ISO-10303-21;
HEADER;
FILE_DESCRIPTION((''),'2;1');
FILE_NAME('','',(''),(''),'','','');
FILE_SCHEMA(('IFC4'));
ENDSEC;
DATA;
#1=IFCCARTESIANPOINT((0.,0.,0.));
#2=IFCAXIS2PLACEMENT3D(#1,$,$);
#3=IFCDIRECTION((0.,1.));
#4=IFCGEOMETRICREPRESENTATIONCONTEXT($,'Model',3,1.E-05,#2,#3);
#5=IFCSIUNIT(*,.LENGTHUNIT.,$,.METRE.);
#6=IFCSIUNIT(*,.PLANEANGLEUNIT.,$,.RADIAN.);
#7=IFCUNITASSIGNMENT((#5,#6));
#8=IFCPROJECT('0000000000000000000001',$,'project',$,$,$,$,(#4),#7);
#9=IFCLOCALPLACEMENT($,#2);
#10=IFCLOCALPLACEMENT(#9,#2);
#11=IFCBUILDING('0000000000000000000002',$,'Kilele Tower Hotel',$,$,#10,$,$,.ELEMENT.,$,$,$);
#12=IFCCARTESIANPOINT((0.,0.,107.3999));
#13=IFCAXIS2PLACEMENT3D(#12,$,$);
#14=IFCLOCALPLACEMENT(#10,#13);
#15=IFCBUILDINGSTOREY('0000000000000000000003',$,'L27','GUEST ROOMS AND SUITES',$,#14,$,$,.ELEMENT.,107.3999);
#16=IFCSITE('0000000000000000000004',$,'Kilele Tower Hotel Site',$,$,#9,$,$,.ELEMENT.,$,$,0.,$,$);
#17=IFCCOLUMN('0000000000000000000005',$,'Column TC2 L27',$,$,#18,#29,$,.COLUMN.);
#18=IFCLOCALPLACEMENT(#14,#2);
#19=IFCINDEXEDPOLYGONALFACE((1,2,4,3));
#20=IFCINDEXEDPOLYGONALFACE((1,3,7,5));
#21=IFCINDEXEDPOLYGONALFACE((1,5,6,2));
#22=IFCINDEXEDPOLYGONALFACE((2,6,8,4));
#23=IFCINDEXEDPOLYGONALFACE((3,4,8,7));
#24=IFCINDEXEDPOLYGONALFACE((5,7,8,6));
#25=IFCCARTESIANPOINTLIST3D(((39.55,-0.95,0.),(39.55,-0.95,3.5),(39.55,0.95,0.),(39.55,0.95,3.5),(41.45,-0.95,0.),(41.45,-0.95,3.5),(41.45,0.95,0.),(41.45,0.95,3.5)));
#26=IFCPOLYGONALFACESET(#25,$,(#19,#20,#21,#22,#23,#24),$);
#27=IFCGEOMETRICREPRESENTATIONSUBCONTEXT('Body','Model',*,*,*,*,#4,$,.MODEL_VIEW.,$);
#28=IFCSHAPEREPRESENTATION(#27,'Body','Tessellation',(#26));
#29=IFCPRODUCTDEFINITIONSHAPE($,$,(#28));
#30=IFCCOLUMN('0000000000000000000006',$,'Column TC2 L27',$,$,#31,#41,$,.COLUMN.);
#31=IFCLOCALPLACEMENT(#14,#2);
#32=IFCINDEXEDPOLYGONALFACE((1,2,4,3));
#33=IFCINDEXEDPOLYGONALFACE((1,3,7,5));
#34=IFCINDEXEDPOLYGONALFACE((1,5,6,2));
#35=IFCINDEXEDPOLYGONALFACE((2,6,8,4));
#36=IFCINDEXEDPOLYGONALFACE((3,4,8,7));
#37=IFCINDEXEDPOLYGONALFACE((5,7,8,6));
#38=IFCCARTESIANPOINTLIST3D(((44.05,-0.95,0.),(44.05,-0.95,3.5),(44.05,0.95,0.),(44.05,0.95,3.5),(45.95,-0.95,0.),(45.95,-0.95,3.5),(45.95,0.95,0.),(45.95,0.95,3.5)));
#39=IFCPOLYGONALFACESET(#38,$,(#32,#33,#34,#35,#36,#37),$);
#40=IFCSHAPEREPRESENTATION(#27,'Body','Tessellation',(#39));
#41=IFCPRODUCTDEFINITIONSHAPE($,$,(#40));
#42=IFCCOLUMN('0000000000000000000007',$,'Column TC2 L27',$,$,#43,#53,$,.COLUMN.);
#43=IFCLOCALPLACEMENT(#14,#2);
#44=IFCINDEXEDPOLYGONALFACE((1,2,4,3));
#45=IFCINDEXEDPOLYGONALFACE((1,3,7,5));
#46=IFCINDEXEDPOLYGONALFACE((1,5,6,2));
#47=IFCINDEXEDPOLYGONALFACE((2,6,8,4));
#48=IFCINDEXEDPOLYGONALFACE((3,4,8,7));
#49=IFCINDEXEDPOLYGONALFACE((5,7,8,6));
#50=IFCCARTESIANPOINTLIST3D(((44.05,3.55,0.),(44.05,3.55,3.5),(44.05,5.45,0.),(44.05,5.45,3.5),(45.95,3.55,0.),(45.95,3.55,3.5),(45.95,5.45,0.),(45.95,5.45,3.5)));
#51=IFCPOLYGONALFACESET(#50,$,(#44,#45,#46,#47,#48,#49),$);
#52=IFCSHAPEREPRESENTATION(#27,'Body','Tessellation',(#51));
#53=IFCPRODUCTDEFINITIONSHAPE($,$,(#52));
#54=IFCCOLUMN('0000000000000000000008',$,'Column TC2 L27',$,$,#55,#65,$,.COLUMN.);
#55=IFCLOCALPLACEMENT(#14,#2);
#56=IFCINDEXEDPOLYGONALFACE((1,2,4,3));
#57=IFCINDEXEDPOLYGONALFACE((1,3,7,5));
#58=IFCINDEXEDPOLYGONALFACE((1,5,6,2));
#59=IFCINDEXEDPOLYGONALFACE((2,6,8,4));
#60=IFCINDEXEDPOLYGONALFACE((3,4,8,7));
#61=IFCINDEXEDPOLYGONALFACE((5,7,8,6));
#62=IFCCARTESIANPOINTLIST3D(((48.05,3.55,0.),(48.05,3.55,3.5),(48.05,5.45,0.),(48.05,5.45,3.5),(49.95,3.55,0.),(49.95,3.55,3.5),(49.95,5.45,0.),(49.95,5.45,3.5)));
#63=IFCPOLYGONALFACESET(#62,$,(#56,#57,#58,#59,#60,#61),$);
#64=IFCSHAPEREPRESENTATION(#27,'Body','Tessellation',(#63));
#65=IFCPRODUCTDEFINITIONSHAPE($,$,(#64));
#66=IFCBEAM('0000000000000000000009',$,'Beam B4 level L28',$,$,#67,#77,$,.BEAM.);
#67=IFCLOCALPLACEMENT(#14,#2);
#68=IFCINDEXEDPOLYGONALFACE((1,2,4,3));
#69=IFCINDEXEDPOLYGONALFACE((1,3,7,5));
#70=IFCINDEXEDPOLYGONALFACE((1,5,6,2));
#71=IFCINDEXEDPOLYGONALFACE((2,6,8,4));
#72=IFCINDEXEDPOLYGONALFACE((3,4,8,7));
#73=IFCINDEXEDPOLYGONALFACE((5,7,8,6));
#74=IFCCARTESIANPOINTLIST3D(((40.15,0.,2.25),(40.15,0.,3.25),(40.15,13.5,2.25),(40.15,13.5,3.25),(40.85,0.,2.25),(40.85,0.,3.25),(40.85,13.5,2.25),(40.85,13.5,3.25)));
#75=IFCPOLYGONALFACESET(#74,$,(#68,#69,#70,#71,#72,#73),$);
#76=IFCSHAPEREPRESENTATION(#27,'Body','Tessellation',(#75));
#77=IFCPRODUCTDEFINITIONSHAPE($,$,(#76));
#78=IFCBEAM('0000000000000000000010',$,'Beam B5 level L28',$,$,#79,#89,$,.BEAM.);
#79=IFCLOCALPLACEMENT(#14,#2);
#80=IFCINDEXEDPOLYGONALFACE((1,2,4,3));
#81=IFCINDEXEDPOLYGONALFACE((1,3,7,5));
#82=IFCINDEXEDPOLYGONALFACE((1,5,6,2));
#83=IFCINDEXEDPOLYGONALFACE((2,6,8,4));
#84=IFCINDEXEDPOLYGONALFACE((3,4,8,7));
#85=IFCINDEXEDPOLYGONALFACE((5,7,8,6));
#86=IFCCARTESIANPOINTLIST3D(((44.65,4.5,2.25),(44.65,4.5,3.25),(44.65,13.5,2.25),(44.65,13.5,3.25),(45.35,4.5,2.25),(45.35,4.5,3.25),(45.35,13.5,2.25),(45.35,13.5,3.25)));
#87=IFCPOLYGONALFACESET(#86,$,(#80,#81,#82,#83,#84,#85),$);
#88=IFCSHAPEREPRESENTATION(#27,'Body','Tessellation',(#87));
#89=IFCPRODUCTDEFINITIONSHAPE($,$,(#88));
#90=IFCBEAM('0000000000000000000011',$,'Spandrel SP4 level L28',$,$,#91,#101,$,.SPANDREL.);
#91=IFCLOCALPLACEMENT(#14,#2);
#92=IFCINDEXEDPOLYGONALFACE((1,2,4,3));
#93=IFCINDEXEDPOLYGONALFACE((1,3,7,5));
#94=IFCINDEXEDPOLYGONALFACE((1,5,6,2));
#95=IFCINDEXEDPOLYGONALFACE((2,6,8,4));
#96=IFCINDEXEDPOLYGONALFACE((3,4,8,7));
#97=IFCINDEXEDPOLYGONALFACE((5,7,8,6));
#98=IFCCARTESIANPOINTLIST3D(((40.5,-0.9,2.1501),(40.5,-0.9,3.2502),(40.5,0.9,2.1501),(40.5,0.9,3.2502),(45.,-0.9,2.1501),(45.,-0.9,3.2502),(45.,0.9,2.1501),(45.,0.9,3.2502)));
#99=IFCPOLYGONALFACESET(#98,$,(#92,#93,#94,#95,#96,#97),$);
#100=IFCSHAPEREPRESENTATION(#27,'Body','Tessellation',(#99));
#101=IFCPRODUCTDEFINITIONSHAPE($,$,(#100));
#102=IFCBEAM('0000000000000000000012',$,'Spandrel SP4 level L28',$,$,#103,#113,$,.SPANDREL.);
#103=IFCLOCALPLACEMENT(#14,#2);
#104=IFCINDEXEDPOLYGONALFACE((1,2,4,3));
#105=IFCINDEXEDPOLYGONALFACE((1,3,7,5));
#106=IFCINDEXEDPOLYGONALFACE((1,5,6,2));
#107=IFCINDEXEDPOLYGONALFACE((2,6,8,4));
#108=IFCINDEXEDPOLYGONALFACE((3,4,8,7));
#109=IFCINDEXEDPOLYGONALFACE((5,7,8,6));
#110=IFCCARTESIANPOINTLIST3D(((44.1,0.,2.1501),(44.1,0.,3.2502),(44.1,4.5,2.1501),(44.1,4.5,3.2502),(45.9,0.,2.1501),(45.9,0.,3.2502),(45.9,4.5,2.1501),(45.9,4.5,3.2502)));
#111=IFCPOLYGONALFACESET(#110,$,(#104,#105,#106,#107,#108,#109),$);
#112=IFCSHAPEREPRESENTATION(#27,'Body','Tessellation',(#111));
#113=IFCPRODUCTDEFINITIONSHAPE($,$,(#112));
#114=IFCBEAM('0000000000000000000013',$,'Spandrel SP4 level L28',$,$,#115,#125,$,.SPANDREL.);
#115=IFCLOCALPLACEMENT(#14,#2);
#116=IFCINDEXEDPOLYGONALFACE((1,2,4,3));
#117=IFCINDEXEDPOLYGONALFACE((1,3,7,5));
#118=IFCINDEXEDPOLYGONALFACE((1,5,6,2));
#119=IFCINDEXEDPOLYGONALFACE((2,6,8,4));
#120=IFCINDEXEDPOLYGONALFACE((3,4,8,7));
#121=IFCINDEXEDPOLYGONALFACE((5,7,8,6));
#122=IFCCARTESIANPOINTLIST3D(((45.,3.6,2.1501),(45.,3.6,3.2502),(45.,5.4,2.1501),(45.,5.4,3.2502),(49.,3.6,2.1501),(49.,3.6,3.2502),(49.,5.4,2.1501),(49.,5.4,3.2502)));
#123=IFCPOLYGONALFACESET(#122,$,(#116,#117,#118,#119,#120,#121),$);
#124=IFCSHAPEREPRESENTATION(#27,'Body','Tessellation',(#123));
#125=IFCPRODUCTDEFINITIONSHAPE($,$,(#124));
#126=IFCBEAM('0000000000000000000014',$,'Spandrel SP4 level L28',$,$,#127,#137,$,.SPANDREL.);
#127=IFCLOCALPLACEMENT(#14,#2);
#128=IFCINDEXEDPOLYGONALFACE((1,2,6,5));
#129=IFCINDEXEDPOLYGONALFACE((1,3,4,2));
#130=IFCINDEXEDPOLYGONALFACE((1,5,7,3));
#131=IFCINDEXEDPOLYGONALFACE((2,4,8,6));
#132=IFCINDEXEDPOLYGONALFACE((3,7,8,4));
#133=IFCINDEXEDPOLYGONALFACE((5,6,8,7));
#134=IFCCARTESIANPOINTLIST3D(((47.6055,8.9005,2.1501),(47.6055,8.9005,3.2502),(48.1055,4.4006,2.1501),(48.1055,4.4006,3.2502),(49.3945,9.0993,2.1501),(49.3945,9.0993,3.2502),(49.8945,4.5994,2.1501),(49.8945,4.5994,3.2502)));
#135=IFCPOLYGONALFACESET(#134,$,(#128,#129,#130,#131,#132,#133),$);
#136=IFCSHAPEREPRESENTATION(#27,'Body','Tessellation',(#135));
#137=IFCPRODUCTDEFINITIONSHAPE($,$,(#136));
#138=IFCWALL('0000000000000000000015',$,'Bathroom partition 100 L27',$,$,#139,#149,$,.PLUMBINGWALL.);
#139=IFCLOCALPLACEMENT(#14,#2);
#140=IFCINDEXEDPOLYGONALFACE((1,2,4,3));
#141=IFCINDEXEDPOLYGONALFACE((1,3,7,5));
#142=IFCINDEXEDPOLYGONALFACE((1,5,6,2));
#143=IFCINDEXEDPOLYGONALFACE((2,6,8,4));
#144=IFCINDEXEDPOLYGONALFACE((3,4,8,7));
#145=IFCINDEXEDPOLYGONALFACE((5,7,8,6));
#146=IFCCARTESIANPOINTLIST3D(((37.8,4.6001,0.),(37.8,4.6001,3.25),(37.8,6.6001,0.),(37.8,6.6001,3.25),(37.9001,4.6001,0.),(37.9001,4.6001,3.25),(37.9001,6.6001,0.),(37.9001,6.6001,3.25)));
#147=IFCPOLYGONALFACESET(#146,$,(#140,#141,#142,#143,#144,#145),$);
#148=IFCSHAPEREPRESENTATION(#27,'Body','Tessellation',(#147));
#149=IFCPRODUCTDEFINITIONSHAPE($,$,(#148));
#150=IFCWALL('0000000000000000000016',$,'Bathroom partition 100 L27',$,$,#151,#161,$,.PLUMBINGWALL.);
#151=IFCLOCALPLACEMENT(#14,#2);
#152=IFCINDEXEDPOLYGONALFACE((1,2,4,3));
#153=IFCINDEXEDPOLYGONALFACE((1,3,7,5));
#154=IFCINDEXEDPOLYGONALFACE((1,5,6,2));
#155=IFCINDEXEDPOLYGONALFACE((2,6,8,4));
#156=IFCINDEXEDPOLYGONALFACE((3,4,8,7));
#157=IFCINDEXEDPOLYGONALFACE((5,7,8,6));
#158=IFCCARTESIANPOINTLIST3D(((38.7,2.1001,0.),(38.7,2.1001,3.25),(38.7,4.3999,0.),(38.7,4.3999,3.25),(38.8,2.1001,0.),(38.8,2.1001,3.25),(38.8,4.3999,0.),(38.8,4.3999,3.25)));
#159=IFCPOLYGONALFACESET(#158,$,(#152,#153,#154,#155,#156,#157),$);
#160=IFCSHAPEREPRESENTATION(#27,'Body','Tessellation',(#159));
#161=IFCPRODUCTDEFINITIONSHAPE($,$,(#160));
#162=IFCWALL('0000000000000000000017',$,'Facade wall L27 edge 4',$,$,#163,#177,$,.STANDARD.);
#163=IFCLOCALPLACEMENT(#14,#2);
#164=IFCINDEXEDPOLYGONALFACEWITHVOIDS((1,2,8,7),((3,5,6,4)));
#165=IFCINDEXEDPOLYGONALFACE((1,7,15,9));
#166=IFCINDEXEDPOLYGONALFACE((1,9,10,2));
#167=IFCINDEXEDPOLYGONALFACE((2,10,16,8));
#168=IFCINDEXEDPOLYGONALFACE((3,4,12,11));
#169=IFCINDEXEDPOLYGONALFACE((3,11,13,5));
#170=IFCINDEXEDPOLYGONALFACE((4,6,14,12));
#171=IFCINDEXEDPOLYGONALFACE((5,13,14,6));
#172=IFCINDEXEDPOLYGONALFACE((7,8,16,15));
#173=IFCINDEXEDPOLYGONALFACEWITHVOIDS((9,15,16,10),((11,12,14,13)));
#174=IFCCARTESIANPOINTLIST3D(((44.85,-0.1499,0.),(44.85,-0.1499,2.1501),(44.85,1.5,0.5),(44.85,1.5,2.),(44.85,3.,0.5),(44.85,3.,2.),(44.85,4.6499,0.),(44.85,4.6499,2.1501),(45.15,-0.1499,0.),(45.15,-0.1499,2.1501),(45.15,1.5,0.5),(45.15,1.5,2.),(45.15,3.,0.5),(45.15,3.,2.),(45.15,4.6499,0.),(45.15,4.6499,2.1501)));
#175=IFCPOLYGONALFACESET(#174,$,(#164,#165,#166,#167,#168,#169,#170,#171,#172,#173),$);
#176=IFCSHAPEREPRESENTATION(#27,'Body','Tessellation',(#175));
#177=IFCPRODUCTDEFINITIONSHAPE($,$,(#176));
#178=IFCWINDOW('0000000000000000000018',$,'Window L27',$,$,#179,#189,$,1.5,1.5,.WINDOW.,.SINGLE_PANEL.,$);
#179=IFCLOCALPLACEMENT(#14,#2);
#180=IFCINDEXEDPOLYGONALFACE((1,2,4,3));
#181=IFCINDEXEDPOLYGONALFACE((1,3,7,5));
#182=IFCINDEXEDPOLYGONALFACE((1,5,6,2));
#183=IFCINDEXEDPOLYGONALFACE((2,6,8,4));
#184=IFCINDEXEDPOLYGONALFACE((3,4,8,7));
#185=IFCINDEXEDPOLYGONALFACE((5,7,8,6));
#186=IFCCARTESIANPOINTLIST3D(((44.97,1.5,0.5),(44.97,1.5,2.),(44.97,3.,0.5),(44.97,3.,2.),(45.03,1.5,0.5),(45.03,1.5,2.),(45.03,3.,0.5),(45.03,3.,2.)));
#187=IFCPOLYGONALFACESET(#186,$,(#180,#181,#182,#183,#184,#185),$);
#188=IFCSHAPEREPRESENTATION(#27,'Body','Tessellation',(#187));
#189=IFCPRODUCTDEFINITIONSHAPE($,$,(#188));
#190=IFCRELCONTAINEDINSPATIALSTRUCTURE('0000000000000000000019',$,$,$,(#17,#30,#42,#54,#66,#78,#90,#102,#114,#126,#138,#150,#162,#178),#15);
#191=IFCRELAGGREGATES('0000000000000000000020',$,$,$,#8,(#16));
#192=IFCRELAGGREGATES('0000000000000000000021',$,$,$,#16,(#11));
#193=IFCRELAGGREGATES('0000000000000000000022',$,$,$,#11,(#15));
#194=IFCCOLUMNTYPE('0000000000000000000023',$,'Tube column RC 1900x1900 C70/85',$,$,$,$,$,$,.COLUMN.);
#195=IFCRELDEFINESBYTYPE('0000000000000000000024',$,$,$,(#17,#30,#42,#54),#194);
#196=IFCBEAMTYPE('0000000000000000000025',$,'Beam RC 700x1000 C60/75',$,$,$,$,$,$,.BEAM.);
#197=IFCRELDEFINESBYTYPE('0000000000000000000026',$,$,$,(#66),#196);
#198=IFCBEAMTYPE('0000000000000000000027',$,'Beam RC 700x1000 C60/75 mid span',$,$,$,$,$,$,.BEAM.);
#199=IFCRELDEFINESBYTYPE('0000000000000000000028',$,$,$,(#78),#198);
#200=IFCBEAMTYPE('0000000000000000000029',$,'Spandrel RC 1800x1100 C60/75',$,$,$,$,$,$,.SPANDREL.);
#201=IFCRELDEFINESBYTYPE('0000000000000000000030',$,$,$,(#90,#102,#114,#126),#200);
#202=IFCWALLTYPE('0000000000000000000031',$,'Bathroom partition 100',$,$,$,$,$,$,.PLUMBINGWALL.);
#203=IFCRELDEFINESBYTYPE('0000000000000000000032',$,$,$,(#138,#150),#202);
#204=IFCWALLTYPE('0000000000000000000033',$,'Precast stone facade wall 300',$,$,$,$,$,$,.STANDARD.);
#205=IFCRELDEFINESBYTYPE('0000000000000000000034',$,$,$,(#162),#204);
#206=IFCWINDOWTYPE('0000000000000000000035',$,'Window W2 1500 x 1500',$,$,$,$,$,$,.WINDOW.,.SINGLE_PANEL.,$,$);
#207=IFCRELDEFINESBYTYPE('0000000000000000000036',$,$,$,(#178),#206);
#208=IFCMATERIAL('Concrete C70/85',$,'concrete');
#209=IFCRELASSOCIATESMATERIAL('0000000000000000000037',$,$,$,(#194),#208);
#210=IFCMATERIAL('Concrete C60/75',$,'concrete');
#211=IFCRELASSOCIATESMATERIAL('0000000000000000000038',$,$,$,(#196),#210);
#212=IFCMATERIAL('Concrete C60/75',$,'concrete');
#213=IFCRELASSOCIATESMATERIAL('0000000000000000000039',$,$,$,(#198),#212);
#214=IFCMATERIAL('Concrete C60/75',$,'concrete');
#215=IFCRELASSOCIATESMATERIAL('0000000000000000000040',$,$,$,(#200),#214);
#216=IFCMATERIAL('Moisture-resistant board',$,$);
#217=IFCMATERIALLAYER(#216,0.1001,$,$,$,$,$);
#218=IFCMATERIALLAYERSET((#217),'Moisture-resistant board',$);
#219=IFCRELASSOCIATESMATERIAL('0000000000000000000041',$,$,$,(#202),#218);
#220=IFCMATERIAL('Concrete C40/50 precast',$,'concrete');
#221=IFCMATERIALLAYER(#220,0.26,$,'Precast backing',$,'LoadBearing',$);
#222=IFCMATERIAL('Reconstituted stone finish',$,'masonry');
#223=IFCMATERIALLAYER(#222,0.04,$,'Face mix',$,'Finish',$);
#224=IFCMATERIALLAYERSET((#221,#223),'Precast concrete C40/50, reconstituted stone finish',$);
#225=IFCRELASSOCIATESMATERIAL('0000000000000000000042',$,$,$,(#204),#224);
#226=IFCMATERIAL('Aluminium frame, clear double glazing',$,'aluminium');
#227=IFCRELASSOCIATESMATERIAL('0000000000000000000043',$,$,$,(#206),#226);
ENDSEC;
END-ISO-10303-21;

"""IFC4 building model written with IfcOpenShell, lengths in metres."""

from ifc_helpers import new_model, si_unit, direction, frame, frame_2d, origin, origin_2d, place, context, subcontext, project, spatial, rectangle, extrude, material, layer, layer_set, material_profile, profile_set, type_object, element, fill, save


model = new_model("IFC4")

# Units and contexts
model_context = context("Model", 3, precision=1e-05, world=origin(), true_north=direction((0.0, 1.0)))
body_context = subcontext(model_context, "Body", "Model", "MODEL_VIEW")
ifc_project = project(units=[si_unit("LENGTHUNIT", "METRE"), si_unit("PLANEANGLEUNIT", "RADIAN")], contexts=[model_context])

# Site, building, storey
site_placement = place(None, origin())
site = spatial("IfcSite", under=ifc_project, at=site_placement, Name="Kilele Tower Hotel Site", CompositionType="ELEMENT", RefElevation=0.0)
building_placement = place(site_placement, origin())
building = spatial("IfcBuilding", under=site, at=building_placement, Name="Kilele Tower Hotel", CompositionType="ELEMENT")
storey_placement = place(building_placement, frame((0.0, 0.0, 107.3999)))
storey = spatial("IfcBuildingStorey", under=building, at=storey_placement, Name="L27", Description="GUEST ROOMS AND SUITES", CompositionType="ELEMENT", Elevation=107.3999)

# Columns
ifc_material_1 = material(Name="Concrete C70/85", Category="concrete")
ifc_material_profile_1 = material_profile(ifc_material_1, rectangle(XDim=1.8999, YDim=1.8999, at=origin_2d()))
ifc_profile_set_1 = profile_set([ifc_material_profile_1], Name="Concrete C70/85")
column_type = type_object("IfcColumnType", Name="Tube column RC 1900x1900 C70/85", PredefinedType="COLUMN", material=ifc_profile_set_1)
for number, where, z_axis, x_axis, name in (
    (1, (40.5, 0.0, 0.0), (0.0, 0.0, 1.0), (1.0, 0.0, 0.0), "Column TC2 L27"),
    (2, (45.0, 0.0, 0.0), (0.0, 0.0, 1.0), (1.0, 0.0, 0.0), "Column TC2 L27"),
    (3, (45.0, 4.5, 0.0), (0.0, 0.0, 1.0), (1.0, 0.0, 0.0), "Column TC2 L27"),
    (4, (49.0, 4.5, 0.0), (0.0, 0.0, 1.0), (1.0, 0.0, 0.0), "Column TC2 L27"),
):
    element("IfcColumn", number, at=place(storey_placement, frame(where, z_axis=z_axis, x_axis=x_axis)), inside=storey, type_object=column_type, Name=name, PredefinedType="COLUMN", context=body_context, shape_type="SweptSolid", body=[
        extrude(rectangle(XDim=1.8999, YDim=1.8999, at=origin_2d()), origin(), (0.0, 0.0, 1.0), 3.5),
    ])

# Beams
ifc_material_2 = material(Name="Concrete C60/75", Category="concrete")
ifc_material_profile_2 = material_profile(ifc_material_2, rectangle(XDim=0.7, YDim=1.0, at=origin_2d()))
ifc_profile_set_2 = profile_set([ifc_material_profile_2], Name="Concrete C60/75")
beam_type_1 = type_object("IfcBeamType", Name="Beam RC 700x1000 C60/75", PredefinedType="BEAM", material=ifc_profile_set_2)
beam_1_placement = place(storey_placement, frame((40.5, 0.0, 2.75), z_axis=(0.0, 1.0, 0.0), x_axis=(-1.0, 0.0, 0.0)))
element("IfcBeam", 5, at=beam_1_placement, inside=storey, type_object=beam_type_1, Name="Beam B4 level L28", PredefinedType="BEAM", context=body_context, shape_type="SweptSolid", body=[
    extrude(rectangle(XDim=0.7, YDim=1.0, at=origin_2d()), origin(), (0.0, 0.0, 1.0), 13.5),
])
ifc_material_3 = material(Name="Concrete C60/75", Category="concrete")
ifc_material_profile_3 = material_profile(ifc_material_3, rectangle(XDim=0.7, YDim=1.0, at=origin_2d()))
ifc_profile_set_3 = profile_set([ifc_material_profile_3], Name="Concrete C60/75")
beam_type_2 = type_object("IfcBeamType", Name="Beam RC 700x1000 C60/75 mid span", PredefinedType="BEAM", material=ifc_profile_set_3)
beam_2_placement = place(storey_placement, frame((45.0, 4.5, 2.75), z_axis=(0.0, 1.0, 0.0), x_axis=(-1.0, 0.0, 0.0)))
element("IfcBeam", 6, at=beam_2_placement, inside=storey, type_object=beam_type_2, Name="Beam B5 level L28", PredefinedType="BEAM", context=body_context, shape_type="SweptSolid", body=[
    extrude(rectangle(XDim=0.7, YDim=1.0, at=origin_2d()), origin(), (0.0, 0.0, 1.0), 9.0),
])
ifc_material_4 = material(Name="Concrete C60/75", Category="concrete")
ifc_material_profile_4 = material_profile(ifc_material_4, rectangle(XDim=1.8, YDim=1.1001, at=origin_2d()))
ifc_profile_set_4 = profile_set([ifc_material_profile_4], Name="Concrete C60/75")
beam_type_3 = type_object("IfcBeamType", Name="Spandrel RC 1800x1100 C60/75", PredefinedType="SPANDREL", material=ifc_profile_set_4)
for number, where, z_axis, x_axis, name in (
    (7, (40.5, 0.0, 2.7002), (1.0, 0.0, 0.0), (0.0, 1.0, 0.0), "Spandrel SP4 level L28"),
    (8, (45.0, 0.0, 2.7002), (0.0, 1.0, 0.0), (-1.0, 0.0, 0.0), "Spandrel SP4 level L28"),
):
    element("IfcBeam", number, at=place(storey_placement, frame(where, z_axis=z_axis, x_axis=x_axis)), inside=storey, type_object=beam_type_3, Name=name, PredefinedType="SPANDREL", context=body_context, shape_type="SweptSolid", body=[
        extrude(rectangle(XDim=1.8, YDim=1.1001, at=origin_2d()), origin(), (0.0, 0.0, 1.0), 4.5),
    ])
beam_3_placement = place(storey_placement, frame((45.0, 4.5, 2.7002), z_axis=(1.0, 0.0, 0.0), x_axis=(0.0, 1.0, 0.0)))
element("IfcBeam", 9, at=beam_3_placement, inside=storey, type_object=beam_type_3, Name="Spandrel SP4 level L28", PredefinedType="SPANDREL", context=body_context, shape_type="SweptSolid", body=[
    extrude(rectangle(XDim=1.8, YDim=1.1001, at=origin_2d()), origin(), (0.0, 0.0, 1.0), 4.0),
])
beam_4_placement = place(storey_placement, frame((49.0, 4.5, 2.7002), z_axis=(-0.110432, 0.993884, 0.0), x_axis=(-0.993884, -0.110432, 0.0)))
element("IfcBeam", 10, at=beam_4_placement, inside=storey, type_object=beam_type_3, Name="Spandrel SP4 level L28", PredefinedType="SPANDREL", context=body_context, shape_type="SweptSolid", body=[
    extrude(rectangle(XDim=1.8, YDim=1.1001, at=origin_2d()), origin(), (0.0, 0.0, 1.0), 4.5276),
])

# Walls
ifc_material_5 = material(Name="Moisture-resistant board")
ifc_layer_1 = layer(ifc_material_5, 0.1001)
ifc_layer_set_1 = layer_set([ifc_layer_1], Name="Moisture-resistant board")
wall_type_1 = type_object("IfcWallType", Name="Bathroom partition 100", PredefinedType="PLUMBINGWALL", material=ifc_layer_set_1)
wall_1_placement = place(storey_placement, frame((37.8501, 4.6001, 0.0), z_axis=(0.0, 0.0, 1.0), x_axis=(0.0, 1.0, 0.0)))
element("IfcWall", 11, at=wall_1_placement, inside=storey, type_object=wall_type_1, Name="Bathroom partition 100 L27", PredefinedType="PLUMBINGWALL", context=body_context, shape_type="SweptSolid", body=[
    extrude(rectangle(XDim=2.0, YDim=0.1001, at=frame_2d((1.0, 0.0))), origin(), (0.0, 0.0, 1.0), 3.25),
])
wall_2_placement = place(storey_placement, frame((38.75, 4.3999, 0.0), z_axis=(0.0, 0.0, 1.0), x_axis=(0.0, -1.0, 0.0)))
element("IfcWall", 12, at=wall_2_placement, inside=storey, type_object=wall_type_1, Name="Bathroom partition 100 L27", PredefinedType="PLUMBINGWALL", context=body_context, shape_type="SweptSolid", body=[
    extrude(rectangle(XDim=2.2998, YDim=0.1001, at=frame_2d((1.1499, 0.0))), origin(), (0.0, 0.0, 1.0), 3.25),
])

# Wall, opening, window
ifc_material_6 = material(Name="Concrete C40/50 precast", Category="concrete")
ifc_layer_2 = layer(ifc_material_6, 0.26, Name="Precast backing", Category="LoadBearing")
ifc_material_7 = material(Name="Reconstituted stone finish", Category="masonry")
ifc_layer_3 = layer(ifc_material_7, 0.04, Name="Face mix", Category="Finish")
ifc_layer_set_2 = layer_set([ifc_layer_2, ifc_layer_3], Name="Precast concrete C40/50, reconstituted stone finish")
wall_type_2 = type_object("IfcWallType", Name="Precast stone facade wall 300", PredefinedType="STANDARD", material=ifc_layer_set_2)
wall_3_placement = place(storey_placement, frame((45.0, -0.1499, 0.0), z_axis=(0.0, 0.0, 1.0), x_axis=(0.0, 1.0, 0.0)))
wall_3 = element("IfcWall", 13, at=wall_3_placement, inside=storey, type_object=wall_type_2, Name="Facade wall L27 edge 4", PredefinedType="STANDARD", context=body_context, shape_type="SweptSolid", body=[
    extrude(rectangle(XDim=4.7998, YDim=0.3, at=frame_2d((2.3999, 0.0))), origin(), (0.0, 0.0, 1.0), 2.1501),
])
opening_1_placement = place(wall_3_placement, frame((1.6499, 0.0, 0.5)))
opening_1 = element("IfcOpeningElement", 14, at=opening_1_placement, cuts=wall_3, PredefinedType="OPENING", context=body_context, shape_type="SweptSolid", body=[
    extrude(rectangle(XDim=1.5, YDim=1.5, at=frame_2d((0.75, 0.75))), frame((0.0, 0.1599, 0.0), z_axis=(0.0, -1.0, 0.0), x_axis=(1.0, 0.0, 0.0)), (0.0, 0.0, 1.0), 0.3201),
])
ifc_material_8 = material(Name="Aluminium frame, clear double glazing", Category="aluminium")
window_type = type_object("IfcWindowType", Name="Window W2 1500 x 1500", PartitioningType="SINGLE_PANEL", PredefinedType="WINDOW", material=ifc_material_8)
window_1_placement = place(opening_1_placement, origin())
window_1 = element("IfcWindow", 15, at=window_1_placement, inside=storey, type_object=window_type, Name="Window L27", OverallHeight=1.5, OverallWidth=1.5, PartitioningType="SINGLE_PANEL", PredefinedType="WINDOW", context=body_context, shape_type="SweptSolid", body=[
    extrude(rectangle(XDim=1.5, YDim=1.5, at=frame_2d((0.75, 0.75))), frame((0.0, 0.03, 0.0), z_axis=(0.0, -1.0, 0.0), x_axis=(1.0, 0.0, 0.0)), (0.0, 0.0, 1.0), 0.0601),
])
fill(opening_1, window_1)

save(model, "model.ifc")
